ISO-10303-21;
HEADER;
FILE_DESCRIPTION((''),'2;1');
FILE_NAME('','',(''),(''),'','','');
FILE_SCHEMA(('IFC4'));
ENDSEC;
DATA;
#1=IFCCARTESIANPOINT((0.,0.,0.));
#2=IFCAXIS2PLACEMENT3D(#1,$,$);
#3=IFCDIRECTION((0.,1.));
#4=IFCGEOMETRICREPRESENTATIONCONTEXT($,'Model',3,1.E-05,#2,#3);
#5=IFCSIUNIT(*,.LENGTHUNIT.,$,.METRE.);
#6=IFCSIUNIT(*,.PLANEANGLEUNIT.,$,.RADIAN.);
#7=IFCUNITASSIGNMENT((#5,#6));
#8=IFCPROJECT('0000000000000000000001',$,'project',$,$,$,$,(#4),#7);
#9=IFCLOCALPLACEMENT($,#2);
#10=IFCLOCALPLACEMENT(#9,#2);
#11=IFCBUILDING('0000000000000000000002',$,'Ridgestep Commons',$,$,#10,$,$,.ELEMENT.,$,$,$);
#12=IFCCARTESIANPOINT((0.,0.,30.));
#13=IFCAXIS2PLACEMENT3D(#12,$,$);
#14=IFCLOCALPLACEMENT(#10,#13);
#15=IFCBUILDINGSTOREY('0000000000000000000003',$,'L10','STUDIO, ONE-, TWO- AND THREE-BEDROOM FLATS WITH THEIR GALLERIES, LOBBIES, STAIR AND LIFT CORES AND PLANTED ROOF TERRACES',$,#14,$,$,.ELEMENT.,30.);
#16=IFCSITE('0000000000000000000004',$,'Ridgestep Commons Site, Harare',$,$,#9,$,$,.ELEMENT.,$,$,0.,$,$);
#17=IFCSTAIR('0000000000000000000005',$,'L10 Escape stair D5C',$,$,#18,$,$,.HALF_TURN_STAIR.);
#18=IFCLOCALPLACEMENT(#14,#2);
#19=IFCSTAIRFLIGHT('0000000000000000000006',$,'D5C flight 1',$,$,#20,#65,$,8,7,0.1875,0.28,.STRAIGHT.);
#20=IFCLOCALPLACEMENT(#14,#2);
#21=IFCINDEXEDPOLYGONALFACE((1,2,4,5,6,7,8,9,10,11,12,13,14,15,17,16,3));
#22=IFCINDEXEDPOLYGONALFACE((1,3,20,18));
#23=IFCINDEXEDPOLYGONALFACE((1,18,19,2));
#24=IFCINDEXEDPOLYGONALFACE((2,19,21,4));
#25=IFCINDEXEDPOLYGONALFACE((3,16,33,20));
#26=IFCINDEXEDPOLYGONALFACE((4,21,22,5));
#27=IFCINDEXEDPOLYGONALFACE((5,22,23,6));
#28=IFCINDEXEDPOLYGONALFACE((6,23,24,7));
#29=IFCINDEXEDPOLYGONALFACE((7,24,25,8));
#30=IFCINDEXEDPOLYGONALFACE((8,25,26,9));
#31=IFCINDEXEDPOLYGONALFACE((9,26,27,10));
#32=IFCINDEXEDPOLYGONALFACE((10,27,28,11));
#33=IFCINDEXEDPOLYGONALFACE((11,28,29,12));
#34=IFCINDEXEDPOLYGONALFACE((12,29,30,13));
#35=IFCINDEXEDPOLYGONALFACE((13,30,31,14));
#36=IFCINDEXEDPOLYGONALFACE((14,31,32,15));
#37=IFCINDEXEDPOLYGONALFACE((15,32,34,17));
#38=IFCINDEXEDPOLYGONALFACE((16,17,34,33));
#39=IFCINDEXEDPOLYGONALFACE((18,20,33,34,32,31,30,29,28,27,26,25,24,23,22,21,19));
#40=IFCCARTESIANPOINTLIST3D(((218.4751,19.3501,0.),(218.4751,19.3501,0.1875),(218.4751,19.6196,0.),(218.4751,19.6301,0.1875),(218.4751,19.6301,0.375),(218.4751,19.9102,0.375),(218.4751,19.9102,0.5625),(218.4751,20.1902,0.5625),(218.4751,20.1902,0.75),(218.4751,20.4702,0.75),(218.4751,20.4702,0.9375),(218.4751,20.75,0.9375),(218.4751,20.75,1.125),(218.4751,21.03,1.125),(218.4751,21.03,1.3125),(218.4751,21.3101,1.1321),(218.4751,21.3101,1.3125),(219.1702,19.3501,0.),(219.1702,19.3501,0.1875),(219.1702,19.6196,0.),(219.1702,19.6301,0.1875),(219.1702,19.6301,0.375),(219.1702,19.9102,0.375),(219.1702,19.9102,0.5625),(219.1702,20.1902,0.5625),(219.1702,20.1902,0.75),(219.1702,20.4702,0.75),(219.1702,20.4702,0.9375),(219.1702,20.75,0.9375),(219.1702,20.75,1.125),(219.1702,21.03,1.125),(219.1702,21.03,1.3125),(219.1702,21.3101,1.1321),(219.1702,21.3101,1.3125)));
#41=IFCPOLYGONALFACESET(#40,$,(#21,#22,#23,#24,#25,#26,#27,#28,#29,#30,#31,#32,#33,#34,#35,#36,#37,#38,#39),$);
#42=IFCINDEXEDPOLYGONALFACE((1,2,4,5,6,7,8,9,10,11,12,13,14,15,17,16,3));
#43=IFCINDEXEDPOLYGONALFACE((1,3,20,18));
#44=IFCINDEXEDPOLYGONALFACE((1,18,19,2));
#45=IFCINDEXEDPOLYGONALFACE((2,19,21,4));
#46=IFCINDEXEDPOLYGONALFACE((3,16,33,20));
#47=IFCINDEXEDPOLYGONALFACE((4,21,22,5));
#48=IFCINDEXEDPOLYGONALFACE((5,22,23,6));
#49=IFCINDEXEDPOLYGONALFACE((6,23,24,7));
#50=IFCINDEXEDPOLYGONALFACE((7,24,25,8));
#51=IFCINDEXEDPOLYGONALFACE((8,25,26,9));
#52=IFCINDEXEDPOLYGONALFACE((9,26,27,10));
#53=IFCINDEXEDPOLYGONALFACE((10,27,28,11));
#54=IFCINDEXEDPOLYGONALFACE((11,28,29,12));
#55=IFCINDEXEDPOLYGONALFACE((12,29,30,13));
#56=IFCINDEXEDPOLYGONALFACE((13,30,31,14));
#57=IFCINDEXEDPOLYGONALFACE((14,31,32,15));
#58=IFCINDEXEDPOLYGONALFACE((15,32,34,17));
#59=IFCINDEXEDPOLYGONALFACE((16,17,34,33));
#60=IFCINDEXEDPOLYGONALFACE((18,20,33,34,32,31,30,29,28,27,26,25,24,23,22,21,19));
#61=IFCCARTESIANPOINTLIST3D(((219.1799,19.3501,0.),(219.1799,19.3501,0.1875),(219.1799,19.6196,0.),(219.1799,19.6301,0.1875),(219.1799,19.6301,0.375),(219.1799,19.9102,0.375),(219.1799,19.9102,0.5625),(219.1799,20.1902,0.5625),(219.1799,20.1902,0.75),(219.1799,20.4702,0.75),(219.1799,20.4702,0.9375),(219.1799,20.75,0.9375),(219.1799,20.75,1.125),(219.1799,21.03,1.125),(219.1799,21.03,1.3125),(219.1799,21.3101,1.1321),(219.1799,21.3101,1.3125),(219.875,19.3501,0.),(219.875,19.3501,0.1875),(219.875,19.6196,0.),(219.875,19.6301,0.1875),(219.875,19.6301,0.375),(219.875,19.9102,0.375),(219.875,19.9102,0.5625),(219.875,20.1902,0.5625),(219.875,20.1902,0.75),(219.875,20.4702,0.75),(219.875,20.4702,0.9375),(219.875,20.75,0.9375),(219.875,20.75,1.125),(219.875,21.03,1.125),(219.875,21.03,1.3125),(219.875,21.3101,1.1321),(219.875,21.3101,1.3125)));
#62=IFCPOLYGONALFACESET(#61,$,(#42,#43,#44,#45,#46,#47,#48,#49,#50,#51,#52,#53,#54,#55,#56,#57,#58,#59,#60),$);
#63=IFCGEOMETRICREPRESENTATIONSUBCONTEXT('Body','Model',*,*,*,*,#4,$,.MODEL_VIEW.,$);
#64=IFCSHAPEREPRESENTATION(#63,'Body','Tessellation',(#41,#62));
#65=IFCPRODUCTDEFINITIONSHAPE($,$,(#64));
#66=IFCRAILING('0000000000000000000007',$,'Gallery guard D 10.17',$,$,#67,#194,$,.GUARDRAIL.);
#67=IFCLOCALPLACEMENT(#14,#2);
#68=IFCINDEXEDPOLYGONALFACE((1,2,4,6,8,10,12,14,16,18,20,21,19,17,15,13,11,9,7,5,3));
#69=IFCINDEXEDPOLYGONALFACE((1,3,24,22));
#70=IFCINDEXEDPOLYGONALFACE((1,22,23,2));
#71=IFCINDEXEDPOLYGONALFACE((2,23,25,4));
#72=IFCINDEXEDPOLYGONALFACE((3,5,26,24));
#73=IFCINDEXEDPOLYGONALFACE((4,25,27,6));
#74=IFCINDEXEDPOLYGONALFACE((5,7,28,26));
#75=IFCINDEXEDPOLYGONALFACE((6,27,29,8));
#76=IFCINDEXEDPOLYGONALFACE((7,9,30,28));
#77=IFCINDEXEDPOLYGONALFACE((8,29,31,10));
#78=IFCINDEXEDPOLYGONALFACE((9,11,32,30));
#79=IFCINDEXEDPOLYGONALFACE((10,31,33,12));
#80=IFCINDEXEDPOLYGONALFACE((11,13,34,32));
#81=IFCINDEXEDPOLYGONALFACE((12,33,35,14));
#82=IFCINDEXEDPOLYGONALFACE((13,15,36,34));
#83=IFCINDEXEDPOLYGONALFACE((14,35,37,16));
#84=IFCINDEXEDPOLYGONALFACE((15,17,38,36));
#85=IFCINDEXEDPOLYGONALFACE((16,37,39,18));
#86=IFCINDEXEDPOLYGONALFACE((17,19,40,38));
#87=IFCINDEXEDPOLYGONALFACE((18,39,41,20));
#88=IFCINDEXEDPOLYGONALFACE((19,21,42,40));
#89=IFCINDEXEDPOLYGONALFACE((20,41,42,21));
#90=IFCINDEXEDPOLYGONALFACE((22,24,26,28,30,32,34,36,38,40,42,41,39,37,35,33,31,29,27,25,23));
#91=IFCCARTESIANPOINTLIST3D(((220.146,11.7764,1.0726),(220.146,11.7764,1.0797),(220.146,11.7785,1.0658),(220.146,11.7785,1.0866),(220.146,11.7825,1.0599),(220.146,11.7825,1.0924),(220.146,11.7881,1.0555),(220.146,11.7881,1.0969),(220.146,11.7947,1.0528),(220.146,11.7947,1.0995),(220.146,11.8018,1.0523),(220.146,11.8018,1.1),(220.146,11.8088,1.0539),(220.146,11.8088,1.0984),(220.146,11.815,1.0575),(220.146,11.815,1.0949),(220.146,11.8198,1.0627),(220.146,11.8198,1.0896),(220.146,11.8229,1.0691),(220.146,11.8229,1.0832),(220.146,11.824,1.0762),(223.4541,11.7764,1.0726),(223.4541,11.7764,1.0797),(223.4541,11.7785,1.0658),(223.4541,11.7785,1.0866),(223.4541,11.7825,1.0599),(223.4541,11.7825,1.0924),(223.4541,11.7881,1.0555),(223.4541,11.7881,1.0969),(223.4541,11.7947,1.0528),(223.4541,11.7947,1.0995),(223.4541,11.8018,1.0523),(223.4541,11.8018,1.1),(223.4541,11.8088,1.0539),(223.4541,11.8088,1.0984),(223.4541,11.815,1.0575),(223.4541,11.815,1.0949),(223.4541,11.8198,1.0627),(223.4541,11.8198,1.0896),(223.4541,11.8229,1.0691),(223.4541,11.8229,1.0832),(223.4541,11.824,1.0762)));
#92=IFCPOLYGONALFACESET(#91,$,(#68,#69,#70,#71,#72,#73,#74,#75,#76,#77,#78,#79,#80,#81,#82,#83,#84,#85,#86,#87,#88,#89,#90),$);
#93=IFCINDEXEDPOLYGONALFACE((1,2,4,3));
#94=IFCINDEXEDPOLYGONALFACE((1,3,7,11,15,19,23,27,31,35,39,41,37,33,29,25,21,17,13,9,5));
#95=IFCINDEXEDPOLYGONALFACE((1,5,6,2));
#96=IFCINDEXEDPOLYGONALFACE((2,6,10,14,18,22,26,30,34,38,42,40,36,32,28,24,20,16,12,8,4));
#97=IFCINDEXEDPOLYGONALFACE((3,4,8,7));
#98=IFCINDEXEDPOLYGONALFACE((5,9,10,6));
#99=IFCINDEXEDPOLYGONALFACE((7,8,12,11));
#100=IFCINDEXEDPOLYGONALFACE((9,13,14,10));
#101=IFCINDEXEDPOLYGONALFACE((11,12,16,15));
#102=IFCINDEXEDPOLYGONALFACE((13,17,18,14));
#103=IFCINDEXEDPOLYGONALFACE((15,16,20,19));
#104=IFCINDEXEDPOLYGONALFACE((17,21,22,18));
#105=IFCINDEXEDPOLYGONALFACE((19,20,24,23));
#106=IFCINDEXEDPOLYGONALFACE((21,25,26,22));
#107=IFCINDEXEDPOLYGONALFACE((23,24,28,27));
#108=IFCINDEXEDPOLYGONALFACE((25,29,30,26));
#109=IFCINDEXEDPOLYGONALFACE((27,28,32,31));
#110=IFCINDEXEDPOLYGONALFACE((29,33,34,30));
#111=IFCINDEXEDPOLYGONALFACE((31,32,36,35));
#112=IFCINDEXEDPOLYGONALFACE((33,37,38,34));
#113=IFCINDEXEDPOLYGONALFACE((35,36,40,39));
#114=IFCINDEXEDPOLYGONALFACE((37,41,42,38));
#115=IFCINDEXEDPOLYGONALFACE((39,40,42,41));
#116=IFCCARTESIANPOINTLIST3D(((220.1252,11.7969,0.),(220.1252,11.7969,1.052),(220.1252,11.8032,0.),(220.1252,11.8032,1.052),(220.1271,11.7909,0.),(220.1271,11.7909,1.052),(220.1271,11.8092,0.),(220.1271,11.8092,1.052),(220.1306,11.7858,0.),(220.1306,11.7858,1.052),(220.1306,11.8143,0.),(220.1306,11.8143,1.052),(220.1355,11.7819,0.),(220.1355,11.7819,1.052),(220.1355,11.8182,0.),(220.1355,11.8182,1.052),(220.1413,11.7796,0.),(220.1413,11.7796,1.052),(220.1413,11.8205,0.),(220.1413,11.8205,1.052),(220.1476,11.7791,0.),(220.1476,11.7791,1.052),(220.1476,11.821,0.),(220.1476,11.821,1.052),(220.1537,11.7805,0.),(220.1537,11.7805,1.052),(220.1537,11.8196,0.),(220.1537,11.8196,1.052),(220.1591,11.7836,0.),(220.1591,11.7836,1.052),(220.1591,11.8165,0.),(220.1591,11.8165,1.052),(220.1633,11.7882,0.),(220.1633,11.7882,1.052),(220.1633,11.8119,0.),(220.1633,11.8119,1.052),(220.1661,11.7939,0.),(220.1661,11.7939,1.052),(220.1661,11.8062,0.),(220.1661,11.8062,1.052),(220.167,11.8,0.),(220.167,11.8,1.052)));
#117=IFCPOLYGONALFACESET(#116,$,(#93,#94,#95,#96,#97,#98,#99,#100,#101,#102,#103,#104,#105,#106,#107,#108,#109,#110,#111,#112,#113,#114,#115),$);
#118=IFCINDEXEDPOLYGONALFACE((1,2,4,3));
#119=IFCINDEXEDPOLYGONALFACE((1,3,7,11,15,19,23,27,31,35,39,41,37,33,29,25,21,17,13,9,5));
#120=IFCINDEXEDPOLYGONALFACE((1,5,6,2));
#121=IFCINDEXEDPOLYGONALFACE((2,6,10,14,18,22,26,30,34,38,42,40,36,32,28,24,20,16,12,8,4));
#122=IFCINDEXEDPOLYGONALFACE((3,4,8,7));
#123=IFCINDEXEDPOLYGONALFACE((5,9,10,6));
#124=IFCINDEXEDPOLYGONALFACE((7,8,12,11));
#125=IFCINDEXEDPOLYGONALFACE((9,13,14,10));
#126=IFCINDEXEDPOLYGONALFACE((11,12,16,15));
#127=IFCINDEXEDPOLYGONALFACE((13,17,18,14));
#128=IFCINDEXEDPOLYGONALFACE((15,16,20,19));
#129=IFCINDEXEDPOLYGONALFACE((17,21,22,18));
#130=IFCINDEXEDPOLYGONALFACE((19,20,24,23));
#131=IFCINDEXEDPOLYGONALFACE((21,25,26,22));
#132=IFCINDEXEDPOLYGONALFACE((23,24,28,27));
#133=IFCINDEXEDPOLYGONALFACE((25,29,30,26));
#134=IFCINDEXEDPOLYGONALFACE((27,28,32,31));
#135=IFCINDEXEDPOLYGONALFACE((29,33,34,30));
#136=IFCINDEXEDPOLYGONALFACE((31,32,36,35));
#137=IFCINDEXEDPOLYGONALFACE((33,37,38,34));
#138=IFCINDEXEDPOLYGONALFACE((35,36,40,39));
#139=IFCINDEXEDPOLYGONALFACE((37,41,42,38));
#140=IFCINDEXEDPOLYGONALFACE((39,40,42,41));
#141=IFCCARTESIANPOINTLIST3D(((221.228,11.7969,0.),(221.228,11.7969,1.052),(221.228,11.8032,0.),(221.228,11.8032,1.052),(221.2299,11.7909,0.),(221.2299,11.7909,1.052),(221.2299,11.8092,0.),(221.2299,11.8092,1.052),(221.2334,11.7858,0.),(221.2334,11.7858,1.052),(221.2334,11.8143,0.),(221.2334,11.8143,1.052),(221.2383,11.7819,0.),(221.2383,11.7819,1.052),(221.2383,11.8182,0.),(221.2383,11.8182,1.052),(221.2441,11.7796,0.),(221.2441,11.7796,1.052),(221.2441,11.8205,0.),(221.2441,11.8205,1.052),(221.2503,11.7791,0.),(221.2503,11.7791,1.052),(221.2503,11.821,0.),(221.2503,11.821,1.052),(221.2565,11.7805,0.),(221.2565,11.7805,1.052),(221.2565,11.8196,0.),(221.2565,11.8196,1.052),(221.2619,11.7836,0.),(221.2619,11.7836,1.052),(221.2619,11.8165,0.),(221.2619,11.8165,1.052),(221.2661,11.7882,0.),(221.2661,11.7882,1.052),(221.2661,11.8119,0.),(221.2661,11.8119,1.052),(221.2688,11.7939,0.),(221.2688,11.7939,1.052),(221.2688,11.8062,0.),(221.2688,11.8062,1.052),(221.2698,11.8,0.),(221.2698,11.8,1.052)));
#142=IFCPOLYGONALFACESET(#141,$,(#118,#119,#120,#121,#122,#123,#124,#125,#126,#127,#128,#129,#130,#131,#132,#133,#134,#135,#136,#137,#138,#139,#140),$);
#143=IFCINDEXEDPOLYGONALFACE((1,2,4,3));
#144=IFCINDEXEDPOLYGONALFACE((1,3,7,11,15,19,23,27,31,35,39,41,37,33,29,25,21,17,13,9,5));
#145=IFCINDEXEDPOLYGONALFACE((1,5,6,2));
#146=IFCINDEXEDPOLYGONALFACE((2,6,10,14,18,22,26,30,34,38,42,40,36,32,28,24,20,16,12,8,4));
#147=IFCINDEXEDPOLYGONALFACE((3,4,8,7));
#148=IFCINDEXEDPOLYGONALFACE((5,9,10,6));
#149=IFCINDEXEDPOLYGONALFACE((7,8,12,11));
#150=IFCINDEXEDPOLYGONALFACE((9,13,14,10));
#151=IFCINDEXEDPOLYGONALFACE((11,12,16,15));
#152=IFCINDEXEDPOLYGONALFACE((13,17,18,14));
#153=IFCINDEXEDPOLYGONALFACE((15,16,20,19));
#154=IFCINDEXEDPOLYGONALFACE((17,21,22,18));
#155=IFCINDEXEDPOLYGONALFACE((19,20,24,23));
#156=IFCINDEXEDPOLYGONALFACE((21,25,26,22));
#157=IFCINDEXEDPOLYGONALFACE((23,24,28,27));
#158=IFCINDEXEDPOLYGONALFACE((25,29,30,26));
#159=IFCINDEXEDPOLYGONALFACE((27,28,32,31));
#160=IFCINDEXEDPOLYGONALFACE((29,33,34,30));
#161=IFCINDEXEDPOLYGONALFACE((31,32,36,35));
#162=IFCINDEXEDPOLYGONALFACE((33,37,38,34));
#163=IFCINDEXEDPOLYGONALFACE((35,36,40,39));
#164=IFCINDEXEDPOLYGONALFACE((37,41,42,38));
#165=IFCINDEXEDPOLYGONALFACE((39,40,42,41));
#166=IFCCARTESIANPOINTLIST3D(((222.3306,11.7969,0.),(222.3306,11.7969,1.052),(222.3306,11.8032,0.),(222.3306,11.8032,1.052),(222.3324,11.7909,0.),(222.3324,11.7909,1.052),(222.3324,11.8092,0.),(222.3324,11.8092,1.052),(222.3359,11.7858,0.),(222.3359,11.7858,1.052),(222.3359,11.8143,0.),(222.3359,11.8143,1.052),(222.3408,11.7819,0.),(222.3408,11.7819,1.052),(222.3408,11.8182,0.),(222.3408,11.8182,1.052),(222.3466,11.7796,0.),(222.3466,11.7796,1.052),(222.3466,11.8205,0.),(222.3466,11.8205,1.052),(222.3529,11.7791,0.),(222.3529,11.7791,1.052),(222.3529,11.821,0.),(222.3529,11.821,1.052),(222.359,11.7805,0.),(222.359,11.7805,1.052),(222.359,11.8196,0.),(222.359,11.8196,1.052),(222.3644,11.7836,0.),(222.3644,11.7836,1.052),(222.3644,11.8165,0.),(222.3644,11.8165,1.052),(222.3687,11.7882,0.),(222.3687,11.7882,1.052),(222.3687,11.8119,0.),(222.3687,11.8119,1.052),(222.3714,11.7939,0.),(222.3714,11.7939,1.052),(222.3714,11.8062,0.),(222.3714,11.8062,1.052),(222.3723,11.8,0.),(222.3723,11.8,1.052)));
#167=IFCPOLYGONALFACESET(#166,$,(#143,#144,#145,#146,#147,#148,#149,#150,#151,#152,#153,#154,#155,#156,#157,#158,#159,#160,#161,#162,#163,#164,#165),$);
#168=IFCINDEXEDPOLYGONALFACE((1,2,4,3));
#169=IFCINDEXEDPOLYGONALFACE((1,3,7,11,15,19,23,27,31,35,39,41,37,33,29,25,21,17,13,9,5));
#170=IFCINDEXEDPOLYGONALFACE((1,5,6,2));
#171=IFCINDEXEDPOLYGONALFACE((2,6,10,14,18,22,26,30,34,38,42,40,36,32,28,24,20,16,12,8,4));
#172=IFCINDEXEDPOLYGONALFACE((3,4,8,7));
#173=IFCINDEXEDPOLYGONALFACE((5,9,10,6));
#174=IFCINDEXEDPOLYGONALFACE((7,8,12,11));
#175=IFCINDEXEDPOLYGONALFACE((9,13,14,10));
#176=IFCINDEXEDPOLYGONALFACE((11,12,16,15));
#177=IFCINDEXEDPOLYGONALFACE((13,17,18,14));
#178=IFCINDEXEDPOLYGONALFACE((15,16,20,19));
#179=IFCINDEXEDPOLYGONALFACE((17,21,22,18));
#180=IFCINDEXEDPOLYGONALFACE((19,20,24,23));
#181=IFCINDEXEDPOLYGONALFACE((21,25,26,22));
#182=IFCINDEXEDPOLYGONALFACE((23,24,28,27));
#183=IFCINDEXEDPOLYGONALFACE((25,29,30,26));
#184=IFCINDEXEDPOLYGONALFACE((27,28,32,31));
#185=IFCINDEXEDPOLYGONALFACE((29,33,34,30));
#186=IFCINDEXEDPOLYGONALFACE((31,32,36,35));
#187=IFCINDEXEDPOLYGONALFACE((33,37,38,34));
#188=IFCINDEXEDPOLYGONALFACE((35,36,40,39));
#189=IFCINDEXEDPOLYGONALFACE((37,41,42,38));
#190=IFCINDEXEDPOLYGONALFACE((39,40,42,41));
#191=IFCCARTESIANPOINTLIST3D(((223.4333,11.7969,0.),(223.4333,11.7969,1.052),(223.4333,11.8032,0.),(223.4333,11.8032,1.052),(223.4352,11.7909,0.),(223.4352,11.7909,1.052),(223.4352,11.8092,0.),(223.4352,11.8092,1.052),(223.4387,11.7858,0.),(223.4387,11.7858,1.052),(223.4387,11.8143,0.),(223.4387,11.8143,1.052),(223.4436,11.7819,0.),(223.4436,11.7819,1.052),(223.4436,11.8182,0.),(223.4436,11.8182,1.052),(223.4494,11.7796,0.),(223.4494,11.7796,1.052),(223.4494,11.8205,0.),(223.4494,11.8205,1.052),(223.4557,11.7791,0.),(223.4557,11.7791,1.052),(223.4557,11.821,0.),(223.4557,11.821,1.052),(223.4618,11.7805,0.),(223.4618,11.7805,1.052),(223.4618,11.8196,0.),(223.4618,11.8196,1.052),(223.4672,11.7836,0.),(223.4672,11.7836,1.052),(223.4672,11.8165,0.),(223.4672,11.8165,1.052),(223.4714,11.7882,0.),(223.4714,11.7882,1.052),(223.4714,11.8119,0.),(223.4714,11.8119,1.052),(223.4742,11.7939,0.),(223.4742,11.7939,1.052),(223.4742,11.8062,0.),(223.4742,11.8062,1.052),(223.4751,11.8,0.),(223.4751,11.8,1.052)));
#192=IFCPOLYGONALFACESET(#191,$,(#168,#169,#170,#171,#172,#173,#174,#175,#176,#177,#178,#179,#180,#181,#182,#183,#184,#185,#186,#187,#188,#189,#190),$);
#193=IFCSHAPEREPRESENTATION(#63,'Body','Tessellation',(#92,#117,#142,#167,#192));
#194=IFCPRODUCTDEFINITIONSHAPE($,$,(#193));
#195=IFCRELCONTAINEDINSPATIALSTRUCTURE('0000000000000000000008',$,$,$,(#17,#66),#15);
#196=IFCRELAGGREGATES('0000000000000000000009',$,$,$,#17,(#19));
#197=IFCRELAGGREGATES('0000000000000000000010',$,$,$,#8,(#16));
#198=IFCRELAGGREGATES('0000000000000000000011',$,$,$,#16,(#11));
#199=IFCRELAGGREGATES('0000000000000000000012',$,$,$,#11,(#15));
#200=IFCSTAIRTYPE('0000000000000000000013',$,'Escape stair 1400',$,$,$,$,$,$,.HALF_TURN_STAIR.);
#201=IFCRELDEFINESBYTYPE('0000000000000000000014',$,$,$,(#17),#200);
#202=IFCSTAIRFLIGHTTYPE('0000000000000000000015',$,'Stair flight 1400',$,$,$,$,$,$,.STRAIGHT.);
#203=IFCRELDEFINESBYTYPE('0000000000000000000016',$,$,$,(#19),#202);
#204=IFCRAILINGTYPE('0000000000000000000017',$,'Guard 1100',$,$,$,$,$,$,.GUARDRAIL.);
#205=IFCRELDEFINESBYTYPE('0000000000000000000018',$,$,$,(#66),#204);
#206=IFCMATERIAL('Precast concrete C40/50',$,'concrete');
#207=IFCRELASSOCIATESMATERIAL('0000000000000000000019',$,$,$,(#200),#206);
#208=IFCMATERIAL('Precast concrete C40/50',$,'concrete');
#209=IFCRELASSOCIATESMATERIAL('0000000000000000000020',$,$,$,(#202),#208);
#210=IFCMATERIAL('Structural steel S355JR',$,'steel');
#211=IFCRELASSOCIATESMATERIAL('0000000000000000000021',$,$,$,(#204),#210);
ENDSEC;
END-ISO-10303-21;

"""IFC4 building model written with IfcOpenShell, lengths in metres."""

from ifc_helpers import new_model, si_unit, direction, frame, origin, origin_2d, place, context, subcontext, project, spatial, polyline, circle, outline, extrude, material, type_object, element, aggregate, save


model = new_model("IFC4")

# Units and contexts
model_context = context("Model", 3, precision=1e-05, world=origin(), true_north=direction((0.0, 1.0)))
body_context = subcontext(model_context, "Body", "Model", "MODEL_VIEW")
ifc_project = project(units=[si_unit("LENGTHUNIT", "METRE"), si_unit("PLANEANGLEUNIT", "RADIAN")], contexts=[model_context])

# Site, building, storey
site_placement = place(None, origin())
site = spatial("IfcSite", under=ifc_project, at=site_placement, Name="Ridgestep Commons Site, Harare", CompositionType="ELEMENT", RefElevation=0.0)
building_placement = place(site_placement, origin())
building = spatial("IfcBuilding", under=site, at=building_placement, Name="Ridgestep Commons", CompositionType="ELEMENT")
storey_placement = place(building_placement, frame((0.0, 0.0, 30.0)))
storey = spatial("IfcBuildingStorey", under=building, at=storey_placement, Name="L10", Description="STUDIO, ONE-, TWO- AND THREE-BEDROOM FLATS WITH THEIR GALLERIES, LOBBIES, STAIR AND LIFT CORES AND PLANTED ROOF TERRACES", CompositionType="ELEMENT", Elevation=30.0)

# Stair, stair flight
ifc_material_1 = material(Name="Precast concrete C40/50", Category="concrete")
stair_type = type_object("IfcStairType", Name="Escape stair 1400", PredefinedType="HALF_TURN_STAIR", material=ifc_material_1)
stair_placement = place(storey_placement, origin())
stair = element("IfcStair", 1, at=stair_placement, inside=storey, type_object=stair_type, Name="L10 Escape stair D5C", PredefinedType="HALF_TURN_STAIR")
ifc_material_2 = material(Name="Precast concrete C40/50", Category="concrete")
stair_flight_type = type_object("IfcStairFlightType", Name="Stair flight 1400", PredefinedType="STRAIGHT", material=ifc_material_2)
stair_flight_placement = place(storey_placement, frame((219.175, 19.3501, 0.0), z_axis=(0.0, 0.0, 1.0), x_axis=(0.0, 1.0, 0.0)))
stair_flight = element("IfcStairFlight", 2, at=stair_flight_placement, type_object=stair_flight_type, Name="D5C flight 1", NumberOfRisers=8, NumberOfTreads=7, PredefinedType="STRAIGHT", RiserHeight=0.1875, TreadLength=0.28, context=body_context, shape_type="SweptSolid", body=[
    extrude(outline(polyline([(0.0, 0.0), (0.0, 0.1875), (0.28, 0.1875), (0.28, 0.375), (0.5601, 0.375), (0.5601, 0.5625), (0.8401, 0.5625), (0.8401, 0.75), (1.1201, 0.75), (1.1201, 0.9375), (1.3999, 0.9375), (1.3999, 1.125), (1.6799, 1.125), (1.6799, 1.3125), (1.96, 1.3125), (1.96, 1.5), (1.96, 1.1321), (0.2695, 0.0), (0.0, 0.0)])), frame((0.0, 0.7, 0.0), z_axis=(0.0, -1.0, 0.0), x_axis=(1.0, 0.0, 0.0)), (0.0, 0.0, 1.0), 0.6951),
    extrude(outline(polyline([(0.0, 0.0), (0.0, 0.1875), (0.28, 0.1875), (0.28, 0.375), (0.5601, 0.375), (0.5601, 0.5625), (0.8401, 0.5625), (0.8401, 0.75), (1.1201, 0.75), (1.1201, 0.9375), (1.3999, 0.9375), (1.3999, 1.125), (1.6799, 1.125), (1.6799, 1.3125), (1.96, 1.3125), (1.96, 1.5), (1.96, 1.1321), (0.2695, 0.0), (0.0, 0.0)])), frame((0.0, -0.0049, 0.0), z_axis=(0.0, -1.0, 0.0), x_axis=(1.0, 0.0, 0.0)), (0.0, 0.0, 1.0), 0.6951),
])
aggregate(stair, [stair_flight])

# Railing
ifc_material_3 = material(Name="Structural steel S355JR", Category="steel")
railing_type_1 = type_object("IfcRailingType", Name="Guard 1100", PredefinedType="GUARDRAIL", material=ifc_material_3)
railing_1_placement = place(storey_placement, frame((220.146, 11.8, 0.0)))
element("IfcRailing", 3, at=railing_1_placement, inside=storey, type_object=railing_type_1, Name="Gallery guard D 10.17", PredefinedType="GUARDRAIL", context=body_context, shape_type="SweptSolid", body=[
    extrude(circle(Radius=0.0239, at=origin_2d()), frame((0.0, 0.0, 1.0762), z_axis=(1.0, 0.0, 0.0), x_axis=(0.0, 1.0, 0.0)), (0.0, 0.0, 1.0), 3.3081),
    extrude(circle(Radius=0.021, at=origin_2d()), origin(), (0.0, 0.0, 1.0), 1.052),
    extrude(circle(Radius=0.021, at=origin_2d()), frame((1.1028, 0.0, 0.0)), (0.0, 0.0, 1.0), 1.052),
    extrude(circle(Radius=0.021, at=origin_2d()), frame((2.2053, 0.0, 0.0)), (0.0, 0.0, 1.0), 1.052),
    extrude(circle(Radius=0.021, at=origin_2d()), frame((3.3081, 0.0, 0.0)), (0.0, 0.0, 1.0), 1.052),
])

save(model, "model.ifc")
